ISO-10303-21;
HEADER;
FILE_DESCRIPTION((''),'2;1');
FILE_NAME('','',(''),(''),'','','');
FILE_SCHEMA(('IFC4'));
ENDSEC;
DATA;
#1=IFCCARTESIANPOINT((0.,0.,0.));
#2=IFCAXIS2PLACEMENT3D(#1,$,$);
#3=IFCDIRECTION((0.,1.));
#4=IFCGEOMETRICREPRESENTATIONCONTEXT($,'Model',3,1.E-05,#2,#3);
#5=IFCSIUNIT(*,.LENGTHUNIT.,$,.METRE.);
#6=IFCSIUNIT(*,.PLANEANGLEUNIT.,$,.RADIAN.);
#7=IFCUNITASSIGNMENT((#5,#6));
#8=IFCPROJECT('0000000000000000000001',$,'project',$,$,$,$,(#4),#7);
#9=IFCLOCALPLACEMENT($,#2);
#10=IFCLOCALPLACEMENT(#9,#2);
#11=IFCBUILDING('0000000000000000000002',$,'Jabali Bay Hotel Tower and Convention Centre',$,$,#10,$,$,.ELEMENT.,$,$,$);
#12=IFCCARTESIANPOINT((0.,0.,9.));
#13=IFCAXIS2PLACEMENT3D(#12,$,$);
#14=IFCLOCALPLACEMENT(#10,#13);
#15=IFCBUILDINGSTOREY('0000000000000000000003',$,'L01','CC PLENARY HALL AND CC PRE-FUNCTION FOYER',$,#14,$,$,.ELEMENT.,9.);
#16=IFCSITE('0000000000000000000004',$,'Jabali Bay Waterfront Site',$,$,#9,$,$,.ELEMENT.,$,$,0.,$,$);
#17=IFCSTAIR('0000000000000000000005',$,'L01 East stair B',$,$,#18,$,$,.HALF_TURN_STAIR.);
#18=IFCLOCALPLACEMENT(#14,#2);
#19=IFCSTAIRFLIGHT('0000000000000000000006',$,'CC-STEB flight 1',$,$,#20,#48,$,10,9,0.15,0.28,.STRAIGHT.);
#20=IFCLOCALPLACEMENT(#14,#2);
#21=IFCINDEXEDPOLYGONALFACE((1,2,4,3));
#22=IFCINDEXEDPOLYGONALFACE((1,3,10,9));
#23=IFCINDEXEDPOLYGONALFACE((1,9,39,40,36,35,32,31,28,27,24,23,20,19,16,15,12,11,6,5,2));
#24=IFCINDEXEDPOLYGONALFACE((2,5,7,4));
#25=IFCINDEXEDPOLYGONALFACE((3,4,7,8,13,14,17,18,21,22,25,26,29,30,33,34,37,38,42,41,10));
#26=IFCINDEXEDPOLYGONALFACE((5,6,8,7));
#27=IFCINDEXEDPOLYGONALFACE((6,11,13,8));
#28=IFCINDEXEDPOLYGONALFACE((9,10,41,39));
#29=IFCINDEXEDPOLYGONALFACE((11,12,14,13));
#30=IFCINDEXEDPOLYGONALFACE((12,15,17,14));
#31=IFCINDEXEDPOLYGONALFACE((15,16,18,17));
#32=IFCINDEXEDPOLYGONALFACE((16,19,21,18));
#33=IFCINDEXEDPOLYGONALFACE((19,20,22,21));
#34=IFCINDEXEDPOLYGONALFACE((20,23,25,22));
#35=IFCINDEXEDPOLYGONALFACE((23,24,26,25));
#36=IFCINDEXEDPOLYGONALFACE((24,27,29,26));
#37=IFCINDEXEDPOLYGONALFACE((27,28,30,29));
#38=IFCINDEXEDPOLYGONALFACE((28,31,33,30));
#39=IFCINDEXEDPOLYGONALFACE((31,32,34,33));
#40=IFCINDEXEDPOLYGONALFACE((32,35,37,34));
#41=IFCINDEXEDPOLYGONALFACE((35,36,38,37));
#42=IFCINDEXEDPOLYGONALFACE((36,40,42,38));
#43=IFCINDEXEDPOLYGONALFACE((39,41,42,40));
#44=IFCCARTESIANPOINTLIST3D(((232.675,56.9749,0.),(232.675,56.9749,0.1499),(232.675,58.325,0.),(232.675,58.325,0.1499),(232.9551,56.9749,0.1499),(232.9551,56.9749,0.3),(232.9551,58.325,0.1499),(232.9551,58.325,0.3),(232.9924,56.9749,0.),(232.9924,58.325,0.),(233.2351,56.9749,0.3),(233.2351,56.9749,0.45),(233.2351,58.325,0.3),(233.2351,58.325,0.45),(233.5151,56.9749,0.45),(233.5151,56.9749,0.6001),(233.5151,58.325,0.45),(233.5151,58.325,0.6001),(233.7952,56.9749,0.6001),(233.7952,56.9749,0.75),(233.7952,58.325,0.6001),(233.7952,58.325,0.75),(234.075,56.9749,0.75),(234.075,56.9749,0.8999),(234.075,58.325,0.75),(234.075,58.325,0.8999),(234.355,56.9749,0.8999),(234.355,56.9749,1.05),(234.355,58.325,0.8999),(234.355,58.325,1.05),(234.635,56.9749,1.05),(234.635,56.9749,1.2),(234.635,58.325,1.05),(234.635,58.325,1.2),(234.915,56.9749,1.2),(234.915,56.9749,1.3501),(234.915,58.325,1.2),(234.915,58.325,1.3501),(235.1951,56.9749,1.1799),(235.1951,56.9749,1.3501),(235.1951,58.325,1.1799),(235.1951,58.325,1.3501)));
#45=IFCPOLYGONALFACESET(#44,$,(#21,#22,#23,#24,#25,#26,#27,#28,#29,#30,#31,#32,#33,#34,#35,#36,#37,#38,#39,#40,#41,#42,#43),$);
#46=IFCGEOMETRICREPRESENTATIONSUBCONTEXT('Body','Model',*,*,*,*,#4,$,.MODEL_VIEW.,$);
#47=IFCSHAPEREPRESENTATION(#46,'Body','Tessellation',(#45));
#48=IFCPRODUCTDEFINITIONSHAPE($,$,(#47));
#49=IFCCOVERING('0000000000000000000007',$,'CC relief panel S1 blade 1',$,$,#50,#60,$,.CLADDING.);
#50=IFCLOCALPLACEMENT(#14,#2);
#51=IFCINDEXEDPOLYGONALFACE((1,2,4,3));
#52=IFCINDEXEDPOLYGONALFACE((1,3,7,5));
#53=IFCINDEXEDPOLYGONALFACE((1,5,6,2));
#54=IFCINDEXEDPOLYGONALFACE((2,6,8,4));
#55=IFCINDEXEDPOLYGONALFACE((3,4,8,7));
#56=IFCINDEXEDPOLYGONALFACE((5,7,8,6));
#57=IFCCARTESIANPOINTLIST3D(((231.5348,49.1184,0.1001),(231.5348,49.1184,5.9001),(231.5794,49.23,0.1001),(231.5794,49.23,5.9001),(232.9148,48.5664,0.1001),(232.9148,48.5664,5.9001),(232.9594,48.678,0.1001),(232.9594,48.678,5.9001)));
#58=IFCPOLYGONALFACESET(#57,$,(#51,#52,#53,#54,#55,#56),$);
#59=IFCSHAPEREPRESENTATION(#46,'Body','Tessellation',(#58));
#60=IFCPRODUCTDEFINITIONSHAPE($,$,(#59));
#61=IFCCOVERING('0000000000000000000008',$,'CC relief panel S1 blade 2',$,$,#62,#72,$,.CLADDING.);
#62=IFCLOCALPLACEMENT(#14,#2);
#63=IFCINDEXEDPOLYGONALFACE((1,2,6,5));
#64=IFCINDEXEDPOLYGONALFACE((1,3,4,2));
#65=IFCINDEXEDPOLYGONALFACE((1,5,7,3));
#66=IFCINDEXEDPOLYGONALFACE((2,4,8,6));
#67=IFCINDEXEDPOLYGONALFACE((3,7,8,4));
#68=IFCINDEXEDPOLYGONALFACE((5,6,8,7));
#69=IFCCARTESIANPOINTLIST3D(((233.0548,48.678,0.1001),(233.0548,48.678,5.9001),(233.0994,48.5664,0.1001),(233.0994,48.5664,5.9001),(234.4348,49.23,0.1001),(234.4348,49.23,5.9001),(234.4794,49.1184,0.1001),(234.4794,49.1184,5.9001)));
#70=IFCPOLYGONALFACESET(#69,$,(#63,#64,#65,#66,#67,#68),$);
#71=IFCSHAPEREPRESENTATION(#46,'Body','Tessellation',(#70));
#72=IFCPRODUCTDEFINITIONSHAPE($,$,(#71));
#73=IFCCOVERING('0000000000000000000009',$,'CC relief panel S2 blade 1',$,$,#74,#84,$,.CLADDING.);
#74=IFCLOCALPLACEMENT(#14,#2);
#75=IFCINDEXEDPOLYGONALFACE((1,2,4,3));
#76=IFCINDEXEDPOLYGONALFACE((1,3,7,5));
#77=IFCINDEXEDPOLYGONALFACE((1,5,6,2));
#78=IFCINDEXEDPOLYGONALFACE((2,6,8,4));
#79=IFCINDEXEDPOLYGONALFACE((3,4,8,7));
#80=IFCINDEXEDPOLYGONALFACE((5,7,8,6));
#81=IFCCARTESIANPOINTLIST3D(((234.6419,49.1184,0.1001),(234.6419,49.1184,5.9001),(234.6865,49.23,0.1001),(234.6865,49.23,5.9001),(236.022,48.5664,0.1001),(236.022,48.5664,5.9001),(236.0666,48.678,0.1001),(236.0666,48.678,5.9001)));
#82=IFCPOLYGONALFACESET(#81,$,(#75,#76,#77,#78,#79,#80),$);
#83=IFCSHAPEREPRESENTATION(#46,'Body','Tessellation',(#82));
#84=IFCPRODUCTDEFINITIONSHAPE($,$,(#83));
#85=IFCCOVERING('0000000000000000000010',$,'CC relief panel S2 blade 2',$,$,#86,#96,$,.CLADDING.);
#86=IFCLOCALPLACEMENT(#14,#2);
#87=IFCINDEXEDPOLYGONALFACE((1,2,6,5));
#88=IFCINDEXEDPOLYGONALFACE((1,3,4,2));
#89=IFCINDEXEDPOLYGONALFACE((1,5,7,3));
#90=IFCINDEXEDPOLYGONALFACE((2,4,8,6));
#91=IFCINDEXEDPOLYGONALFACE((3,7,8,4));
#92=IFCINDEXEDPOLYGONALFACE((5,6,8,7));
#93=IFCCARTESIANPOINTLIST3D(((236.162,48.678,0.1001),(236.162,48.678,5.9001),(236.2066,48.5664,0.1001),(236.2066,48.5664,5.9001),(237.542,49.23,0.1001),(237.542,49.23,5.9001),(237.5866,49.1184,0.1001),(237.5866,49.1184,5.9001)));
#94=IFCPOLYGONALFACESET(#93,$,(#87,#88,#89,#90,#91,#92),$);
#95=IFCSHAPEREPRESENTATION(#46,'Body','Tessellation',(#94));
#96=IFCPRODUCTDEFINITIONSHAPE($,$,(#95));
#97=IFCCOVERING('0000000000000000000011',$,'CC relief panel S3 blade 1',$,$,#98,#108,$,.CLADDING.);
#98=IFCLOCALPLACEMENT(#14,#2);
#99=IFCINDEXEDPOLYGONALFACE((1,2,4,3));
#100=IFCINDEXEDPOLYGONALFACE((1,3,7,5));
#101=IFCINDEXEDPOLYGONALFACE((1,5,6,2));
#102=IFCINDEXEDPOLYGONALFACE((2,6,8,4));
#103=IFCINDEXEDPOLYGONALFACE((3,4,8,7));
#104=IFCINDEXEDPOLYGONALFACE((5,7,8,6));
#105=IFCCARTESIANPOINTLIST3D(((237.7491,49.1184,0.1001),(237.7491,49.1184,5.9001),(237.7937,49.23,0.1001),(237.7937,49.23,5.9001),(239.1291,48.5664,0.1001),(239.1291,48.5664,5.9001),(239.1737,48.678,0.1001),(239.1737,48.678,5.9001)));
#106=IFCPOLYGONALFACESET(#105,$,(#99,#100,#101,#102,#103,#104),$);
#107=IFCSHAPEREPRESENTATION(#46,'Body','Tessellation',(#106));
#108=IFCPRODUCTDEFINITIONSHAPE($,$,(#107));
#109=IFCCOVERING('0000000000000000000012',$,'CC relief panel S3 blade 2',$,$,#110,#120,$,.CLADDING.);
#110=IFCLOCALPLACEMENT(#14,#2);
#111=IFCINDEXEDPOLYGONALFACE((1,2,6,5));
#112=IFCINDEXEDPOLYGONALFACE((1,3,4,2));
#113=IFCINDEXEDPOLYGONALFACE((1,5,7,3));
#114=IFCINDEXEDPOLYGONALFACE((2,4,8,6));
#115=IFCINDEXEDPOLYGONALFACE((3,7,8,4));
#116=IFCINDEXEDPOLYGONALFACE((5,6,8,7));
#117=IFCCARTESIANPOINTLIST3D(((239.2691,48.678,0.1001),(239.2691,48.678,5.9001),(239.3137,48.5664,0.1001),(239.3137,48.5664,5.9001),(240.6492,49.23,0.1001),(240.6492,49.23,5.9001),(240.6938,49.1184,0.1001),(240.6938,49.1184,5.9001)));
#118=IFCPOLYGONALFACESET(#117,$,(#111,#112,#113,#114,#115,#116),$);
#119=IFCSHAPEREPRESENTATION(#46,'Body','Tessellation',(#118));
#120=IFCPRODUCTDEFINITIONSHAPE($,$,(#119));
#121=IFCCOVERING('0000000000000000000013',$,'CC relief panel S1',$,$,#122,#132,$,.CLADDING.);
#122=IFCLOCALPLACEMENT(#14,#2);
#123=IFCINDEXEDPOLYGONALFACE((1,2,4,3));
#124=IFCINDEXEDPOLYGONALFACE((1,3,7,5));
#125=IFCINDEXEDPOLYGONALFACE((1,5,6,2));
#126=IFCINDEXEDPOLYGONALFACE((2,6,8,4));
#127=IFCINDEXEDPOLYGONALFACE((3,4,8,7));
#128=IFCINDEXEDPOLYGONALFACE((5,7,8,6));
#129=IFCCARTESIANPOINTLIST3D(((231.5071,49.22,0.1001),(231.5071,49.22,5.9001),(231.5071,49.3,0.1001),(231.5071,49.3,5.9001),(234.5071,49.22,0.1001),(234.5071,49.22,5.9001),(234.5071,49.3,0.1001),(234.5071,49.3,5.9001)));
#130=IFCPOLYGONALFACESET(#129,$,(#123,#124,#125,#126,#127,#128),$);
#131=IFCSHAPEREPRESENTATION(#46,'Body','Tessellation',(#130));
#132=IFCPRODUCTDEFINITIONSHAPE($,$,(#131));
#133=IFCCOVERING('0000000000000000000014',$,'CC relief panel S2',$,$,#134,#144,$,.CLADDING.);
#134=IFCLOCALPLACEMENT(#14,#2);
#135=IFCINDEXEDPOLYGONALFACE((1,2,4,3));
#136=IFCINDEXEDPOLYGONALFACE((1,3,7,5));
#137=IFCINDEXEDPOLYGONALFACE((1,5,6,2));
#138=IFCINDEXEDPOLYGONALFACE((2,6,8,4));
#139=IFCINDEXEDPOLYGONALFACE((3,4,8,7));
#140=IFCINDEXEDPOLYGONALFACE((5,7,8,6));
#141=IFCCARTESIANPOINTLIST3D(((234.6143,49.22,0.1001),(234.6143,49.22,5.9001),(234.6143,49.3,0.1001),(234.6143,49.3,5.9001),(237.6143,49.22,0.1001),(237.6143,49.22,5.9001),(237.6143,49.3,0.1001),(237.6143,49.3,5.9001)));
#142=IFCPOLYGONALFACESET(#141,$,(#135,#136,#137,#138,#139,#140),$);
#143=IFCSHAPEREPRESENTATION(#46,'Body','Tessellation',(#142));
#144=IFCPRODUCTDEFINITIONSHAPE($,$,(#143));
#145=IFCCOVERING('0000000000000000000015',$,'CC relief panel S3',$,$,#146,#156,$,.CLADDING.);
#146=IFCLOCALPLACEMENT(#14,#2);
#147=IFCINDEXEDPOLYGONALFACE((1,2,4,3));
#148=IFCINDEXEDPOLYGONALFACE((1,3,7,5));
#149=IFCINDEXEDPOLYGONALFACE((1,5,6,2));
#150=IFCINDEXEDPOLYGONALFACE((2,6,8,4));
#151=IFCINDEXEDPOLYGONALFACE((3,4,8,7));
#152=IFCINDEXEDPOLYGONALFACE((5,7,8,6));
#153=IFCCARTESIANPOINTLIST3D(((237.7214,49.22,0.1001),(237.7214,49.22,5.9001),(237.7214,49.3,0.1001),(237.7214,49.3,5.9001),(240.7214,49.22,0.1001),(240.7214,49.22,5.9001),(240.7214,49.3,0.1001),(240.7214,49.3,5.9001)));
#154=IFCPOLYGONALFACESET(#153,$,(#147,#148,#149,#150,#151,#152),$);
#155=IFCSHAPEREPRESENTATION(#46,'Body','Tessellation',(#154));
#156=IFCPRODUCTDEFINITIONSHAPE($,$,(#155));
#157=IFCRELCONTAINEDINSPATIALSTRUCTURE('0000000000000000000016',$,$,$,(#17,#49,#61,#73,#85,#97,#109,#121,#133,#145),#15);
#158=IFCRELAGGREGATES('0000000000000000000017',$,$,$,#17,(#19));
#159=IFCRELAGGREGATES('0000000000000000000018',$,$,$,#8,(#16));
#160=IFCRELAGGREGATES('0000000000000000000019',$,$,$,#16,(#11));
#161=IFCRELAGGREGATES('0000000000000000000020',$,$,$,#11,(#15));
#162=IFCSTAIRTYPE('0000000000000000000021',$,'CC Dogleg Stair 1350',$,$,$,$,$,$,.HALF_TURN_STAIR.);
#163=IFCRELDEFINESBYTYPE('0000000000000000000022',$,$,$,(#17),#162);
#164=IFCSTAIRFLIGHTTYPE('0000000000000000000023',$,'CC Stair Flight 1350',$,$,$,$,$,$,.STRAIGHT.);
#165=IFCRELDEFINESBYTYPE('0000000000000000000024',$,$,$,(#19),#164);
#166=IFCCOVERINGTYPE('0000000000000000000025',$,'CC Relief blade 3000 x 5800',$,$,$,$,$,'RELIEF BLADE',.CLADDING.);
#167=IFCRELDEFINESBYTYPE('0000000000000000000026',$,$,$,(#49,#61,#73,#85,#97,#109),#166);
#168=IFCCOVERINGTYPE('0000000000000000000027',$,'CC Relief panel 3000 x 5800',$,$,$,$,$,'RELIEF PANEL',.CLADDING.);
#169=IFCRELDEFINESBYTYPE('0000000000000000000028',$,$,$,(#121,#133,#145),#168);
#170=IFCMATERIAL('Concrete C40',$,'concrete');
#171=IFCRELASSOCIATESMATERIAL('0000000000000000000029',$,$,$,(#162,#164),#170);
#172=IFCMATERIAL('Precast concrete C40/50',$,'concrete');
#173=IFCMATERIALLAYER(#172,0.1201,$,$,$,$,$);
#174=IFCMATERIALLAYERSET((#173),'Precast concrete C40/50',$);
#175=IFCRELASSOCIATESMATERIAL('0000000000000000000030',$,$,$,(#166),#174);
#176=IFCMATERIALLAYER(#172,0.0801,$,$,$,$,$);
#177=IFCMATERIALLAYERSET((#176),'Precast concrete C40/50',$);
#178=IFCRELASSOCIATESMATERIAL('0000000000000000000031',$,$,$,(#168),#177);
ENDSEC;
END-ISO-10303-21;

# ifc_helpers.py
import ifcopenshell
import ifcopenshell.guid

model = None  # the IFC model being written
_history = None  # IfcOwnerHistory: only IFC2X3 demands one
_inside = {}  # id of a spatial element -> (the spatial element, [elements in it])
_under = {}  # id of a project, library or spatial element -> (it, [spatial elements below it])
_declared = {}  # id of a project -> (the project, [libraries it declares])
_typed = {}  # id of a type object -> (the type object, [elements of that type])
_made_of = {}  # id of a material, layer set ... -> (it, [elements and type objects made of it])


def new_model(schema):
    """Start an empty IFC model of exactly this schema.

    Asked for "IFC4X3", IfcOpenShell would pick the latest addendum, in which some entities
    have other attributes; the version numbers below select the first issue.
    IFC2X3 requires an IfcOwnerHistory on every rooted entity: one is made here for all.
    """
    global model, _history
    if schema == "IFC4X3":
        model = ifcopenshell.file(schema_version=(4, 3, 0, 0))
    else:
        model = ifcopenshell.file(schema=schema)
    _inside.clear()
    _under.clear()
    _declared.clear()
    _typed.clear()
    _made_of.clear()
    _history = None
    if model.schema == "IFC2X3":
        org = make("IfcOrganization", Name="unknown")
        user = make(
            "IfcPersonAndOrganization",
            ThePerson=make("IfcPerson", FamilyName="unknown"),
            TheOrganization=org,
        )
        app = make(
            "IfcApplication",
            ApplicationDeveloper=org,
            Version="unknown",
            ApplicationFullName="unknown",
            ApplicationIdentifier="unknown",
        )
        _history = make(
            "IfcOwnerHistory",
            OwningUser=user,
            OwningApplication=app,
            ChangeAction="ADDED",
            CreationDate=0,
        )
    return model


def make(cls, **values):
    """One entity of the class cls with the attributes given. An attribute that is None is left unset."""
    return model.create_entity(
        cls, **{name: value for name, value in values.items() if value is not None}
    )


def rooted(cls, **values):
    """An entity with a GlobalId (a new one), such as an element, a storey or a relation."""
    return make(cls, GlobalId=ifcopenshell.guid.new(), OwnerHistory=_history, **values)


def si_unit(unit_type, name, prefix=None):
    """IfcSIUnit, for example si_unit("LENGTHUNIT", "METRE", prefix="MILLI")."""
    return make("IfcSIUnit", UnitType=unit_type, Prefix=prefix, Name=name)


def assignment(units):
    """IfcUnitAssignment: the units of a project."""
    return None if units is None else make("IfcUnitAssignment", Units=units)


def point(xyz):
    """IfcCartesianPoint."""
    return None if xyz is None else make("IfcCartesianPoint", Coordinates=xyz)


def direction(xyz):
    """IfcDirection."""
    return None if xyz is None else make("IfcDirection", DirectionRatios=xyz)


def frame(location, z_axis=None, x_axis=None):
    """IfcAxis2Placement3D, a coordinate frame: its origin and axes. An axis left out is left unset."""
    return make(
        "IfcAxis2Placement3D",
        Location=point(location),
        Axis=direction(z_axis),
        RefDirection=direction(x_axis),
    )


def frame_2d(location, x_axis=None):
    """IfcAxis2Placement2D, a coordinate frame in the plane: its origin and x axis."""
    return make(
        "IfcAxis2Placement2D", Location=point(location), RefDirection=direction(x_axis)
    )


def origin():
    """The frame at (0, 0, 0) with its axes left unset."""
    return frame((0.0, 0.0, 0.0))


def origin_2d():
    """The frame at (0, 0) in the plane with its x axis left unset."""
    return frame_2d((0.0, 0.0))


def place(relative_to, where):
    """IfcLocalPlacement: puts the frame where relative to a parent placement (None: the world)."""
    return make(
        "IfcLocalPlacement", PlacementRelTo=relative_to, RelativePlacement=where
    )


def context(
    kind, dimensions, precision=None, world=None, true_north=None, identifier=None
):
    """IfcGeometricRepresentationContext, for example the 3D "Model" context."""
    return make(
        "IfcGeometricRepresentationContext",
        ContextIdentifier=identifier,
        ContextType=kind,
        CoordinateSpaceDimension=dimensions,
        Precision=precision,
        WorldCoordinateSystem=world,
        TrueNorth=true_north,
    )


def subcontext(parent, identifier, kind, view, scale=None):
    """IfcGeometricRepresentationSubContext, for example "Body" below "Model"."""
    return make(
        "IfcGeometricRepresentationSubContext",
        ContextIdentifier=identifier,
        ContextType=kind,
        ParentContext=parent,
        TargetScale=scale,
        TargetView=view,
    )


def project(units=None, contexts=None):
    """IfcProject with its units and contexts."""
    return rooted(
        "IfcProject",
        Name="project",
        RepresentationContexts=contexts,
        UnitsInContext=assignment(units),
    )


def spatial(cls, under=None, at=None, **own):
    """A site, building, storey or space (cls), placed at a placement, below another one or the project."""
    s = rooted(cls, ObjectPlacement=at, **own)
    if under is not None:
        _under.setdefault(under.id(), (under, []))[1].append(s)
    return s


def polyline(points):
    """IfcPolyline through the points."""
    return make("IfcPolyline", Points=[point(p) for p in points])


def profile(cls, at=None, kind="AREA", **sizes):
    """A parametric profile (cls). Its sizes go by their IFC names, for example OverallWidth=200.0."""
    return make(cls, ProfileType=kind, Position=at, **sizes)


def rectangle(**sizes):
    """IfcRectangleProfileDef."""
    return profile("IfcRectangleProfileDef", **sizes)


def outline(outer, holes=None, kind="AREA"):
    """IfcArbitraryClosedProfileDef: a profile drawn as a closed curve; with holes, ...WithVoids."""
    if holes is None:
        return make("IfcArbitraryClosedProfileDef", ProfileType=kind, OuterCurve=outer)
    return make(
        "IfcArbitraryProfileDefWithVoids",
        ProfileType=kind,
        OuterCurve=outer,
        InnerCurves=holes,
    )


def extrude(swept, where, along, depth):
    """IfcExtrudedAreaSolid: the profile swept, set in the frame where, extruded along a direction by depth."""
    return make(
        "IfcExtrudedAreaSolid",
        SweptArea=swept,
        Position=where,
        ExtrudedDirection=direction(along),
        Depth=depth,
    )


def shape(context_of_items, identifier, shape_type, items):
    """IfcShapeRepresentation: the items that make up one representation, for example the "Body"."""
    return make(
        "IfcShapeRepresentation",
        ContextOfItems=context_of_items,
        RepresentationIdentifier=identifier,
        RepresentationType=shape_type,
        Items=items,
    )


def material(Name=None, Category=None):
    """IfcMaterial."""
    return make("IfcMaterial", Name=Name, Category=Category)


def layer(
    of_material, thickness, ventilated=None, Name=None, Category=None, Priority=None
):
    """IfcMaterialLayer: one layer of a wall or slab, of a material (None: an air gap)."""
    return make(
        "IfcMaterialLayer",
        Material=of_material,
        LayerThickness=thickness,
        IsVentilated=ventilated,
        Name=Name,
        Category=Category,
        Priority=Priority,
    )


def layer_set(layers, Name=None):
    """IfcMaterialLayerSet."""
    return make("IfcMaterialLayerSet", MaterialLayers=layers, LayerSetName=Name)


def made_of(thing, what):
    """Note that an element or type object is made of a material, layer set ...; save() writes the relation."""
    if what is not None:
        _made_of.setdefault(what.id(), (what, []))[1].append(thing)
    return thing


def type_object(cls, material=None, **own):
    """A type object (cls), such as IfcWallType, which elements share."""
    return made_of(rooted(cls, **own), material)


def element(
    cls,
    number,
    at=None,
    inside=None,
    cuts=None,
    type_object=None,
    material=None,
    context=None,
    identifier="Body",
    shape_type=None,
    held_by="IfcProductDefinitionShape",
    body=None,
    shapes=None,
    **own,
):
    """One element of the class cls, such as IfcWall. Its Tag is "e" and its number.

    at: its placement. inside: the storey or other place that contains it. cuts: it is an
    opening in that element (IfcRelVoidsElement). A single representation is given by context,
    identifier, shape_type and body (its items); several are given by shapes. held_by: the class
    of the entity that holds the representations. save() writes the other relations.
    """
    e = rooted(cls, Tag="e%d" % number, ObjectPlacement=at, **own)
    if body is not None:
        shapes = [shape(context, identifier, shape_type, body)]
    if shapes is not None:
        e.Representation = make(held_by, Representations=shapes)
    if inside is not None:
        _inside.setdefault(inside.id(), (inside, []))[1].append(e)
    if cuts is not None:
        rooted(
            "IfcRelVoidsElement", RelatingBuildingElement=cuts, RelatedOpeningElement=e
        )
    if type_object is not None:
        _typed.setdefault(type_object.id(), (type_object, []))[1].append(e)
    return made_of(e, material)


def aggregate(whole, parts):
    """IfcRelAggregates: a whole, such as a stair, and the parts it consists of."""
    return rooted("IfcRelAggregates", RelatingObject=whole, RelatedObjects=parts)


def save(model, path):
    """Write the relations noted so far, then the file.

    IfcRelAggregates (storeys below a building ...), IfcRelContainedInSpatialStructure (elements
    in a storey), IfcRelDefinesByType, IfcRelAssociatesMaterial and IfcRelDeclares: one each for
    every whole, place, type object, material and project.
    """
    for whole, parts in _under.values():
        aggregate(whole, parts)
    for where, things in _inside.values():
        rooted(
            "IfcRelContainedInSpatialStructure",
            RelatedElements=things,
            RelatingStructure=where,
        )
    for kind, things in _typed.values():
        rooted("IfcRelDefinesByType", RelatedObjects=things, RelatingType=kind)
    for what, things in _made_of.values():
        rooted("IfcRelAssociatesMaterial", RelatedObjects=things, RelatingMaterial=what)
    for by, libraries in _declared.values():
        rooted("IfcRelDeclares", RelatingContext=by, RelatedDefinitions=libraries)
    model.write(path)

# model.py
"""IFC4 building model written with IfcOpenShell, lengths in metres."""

from ifc_helpers import new_model, si_unit, direction, frame, origin, origin_2d, place, context, subcontext, project, spatial, polyline, rectangle, outline, extrude, material, layer, layer_set, type_object, element, aggregate, save


model = new_model("IFC4")

# Units and contexts
model_context = context("Model", 3, precision=1e-05, world=origin(), true_north=direction((0.0, 1.0)))
body_context = subcontext(model_context, "Body", "Model", "MODEL_VIEW")
ifc_project = project(units=[si_unit("LENGTHUNIT", "METRE"), si_unit("PLANEANGLEUNIT", "RADIAN")], contexts=[model_context])

# Site, building, storey
site_placement = place(None, origin())
site = spatial("IfcSite", under=ifc_project, at=site_placement, Name="Jabali Bay Waterfront Site", CompositionType="ELEMENT", RefElevation=0.0)
building_placement = place(site_placement, origin())
building = spatial("IfcBuilding", under=site, at=building_placement, Name="Jabali Bay Hotel Tower and Convention Centre", CompositionType="ELEMENT")
storey_placement = place(building_placement, frame((0.0, 0.0, 9.0)))
storey = spatial("IfcBuildingStorey", under=building, at=storey_placement, Name="L01", Description="CC PLENARY HALL AND CC PRE-FUNCTION FOYER", CompositionType="ELEMENT", Elevation=9.0)

# Shared definitions
ifc_material_1 = material(Name="Concrete C40", Category="concrete")

# Stair, stair flight
stair_type = type_object("IfcStairType", Name="CC Dogleg Stair 1350", PredefinedType="HALF_TURN_STAIR", material=ifc_material_1)
stair_placement = place(storey_placement, origin())
stair = element("IfcStair", 1, at=stair_placement, inside=storey, type_object=stair_type, Name="L01 East stair B", PredefinedType="HALF_TURN_STAIR")
stair_flight_type = type_object("IfcStairFlightType", Name="CC Stair Flight 1350", PredefinedType="STRAIGHT", material=ifc_material_1)
stair_flight_placement = place(storey_placement, frame((232.675, 57.6499, 0.0), z_axis=(0.0, 0.0, 1.0), x_axis=(1.0, 0.0, 0.0)))
stair_flight = element("IfcStairFlight", 2, at=stair_flight_placement, type_object=stair_flight_type, Name="CC-STEB flight 1", NumberOfRisers=10, NumberOfTreads=9, PredefinedType="STRAIGHT", RiserHeight=0.15, TreadLength=0.28, context=body_context, shape_type="SweptSolid", body=[
    extrude(outline(polyline([(0.0, 0.0), (0.0, 0.1499), (0.28, 0.1499), (0.28, 0.3), (0.5601, 0.3), (0.5601, 0.45), (0.8401, 0.45), (0.8401, 0.6001), (1.1201, 0.6001), (1.1201, 0.75), (1.3999, 0.75), (1.3999, 0.8999), (1.6799, 0.8999), (1.6799, 1.05), (1.96, 1.05), (1.96, 1.2), (2.24, 1.2), (2.24, 1.3501), (2.52, 1.3501), (2.52, 1.5), (2.52, 1.1799), (0.3174, 0.0), (0.0, 0.0)])), frame((0.0, 0.675, 0.0), z_axis=(0.0, -1.0, 0.0), x_axis=(1.0, 0.0, 0.0)), (0.0, 0.0, 1.0), 1.3501),
])
aggregate(stair, [stair_flight])

# Coverings
ifc_material_2 = material(Name="Precast concrete C40/50", Category="concrete")
ifc_layer_1 = layer(ifc_material_2, 0.1201)
ifc_layer_set_1 = layer_set([ifc_layer_1], Name="Precast concrete C40/50")
covering_type_1 = type_object("IfcCoveringType", Name="CC Relief blade 3000 x 5800", ElementType="RELIEF BLADE", PredefinedType="CLADDING", material=ifc_layer_set_1)
for number, where, z_axis, x_axis, name in (
    (3, (232.2471, 48.8982, 0.1001), (0.0, 0.0, 1.0), (0.928477, -0.371391, 0.0), "CC relief panel S1 blade 1"),
    (4, (233.7671, 48.8982, 0.1001), (0.0, 0.0, 1.0), (-0.928477, -0.371391, 0.0), "CC relief panel S1 blade 2"),
    (5, (235.3542, 48.8982, 0.1001), (0.0, 0.0, 1.0), (0.928477, -0.371391, 0.0), "CC relief panel S2 blade 1"),
    (6, (236.8743, 48.8982, 0.1001), (0.0, 0.0, 1.0), (-0.928477, -0.371391, 0.0), "CC relief panel S2 blade 2"),
    (7, (238.4614, 48.8982, 0.1001), (0.0, 0.0, 1.0), (0.928477, -0.371391, 0.0), "CC relief panel S3 blade 1"),
    (8, (239.9814, 48.8982, 0.1001), (0.0, 0.0, 1.0), (-0.928477, -0.371391, 0.0), "CC relief panel S3 blade 2"),
):
    element("IfcCovering", number, at=place(storey_placement, frame(where, z_axis=z_axis, x_axis=x_axis)), inside=storey, type_object=covering_type_1, Name=name, PredefinedType="CLADDING", context=body_context, shape_type="SweptSolid", body=[
        extrude(rectangle(XDim=1.4863, YDim=0.1201, at=origin_2d()), origin(), (0.0, 0.0, 1.0), 5.8),
    ])
ifc_layer_2 = layer(ifc_material_2, 0.0801)
ifc_layer_set_2 = layer_set([ifc_layer_2], Name="Precast concrete C40/50")
covering_type_2 = type_object("IfcCoveringType", Name="CC Relief panel 3000 x 5800", ElementType="RELIEF PANEL", PredefinedType="CLADDING", material=ifc_layer_set_2)
for number, where, z_axis, x_axis, name in (
    (9, (233.0071, 49.26, 0.1001), (0.0, 0.0, 1.0), (1.0, 0.0, 0.0), "CC relief panel S1"),
    (10, (236.1143, 49.26, 0.1001), (0.0, 0.0, 1.0), (1.0, 0.0, 0.0), "CC relief panel S2"),
    (11, (239.2214, 49.26, 0.1001), (0.0, 0.0, 1.0), (1.0, 0.0, 0.0), "CC relief panel S3"),
):
    element("IfcCovering", number, at=place(storey_placement, frame(where, z_axis=z_axis, x_axis=x_axis)), inside=storey, type_object=covering_type_2, Name=name, PredefinedType="CLADDING", context=body_context, shape_type="SweptSolid", body=[
        extrude(rectangle(XDim=3.0, YDim=0.0801, at=origin_2d()), origin(), (0.0, 0.0, 1.0), 5.8),
    ])

save(model, "model.ifc")
